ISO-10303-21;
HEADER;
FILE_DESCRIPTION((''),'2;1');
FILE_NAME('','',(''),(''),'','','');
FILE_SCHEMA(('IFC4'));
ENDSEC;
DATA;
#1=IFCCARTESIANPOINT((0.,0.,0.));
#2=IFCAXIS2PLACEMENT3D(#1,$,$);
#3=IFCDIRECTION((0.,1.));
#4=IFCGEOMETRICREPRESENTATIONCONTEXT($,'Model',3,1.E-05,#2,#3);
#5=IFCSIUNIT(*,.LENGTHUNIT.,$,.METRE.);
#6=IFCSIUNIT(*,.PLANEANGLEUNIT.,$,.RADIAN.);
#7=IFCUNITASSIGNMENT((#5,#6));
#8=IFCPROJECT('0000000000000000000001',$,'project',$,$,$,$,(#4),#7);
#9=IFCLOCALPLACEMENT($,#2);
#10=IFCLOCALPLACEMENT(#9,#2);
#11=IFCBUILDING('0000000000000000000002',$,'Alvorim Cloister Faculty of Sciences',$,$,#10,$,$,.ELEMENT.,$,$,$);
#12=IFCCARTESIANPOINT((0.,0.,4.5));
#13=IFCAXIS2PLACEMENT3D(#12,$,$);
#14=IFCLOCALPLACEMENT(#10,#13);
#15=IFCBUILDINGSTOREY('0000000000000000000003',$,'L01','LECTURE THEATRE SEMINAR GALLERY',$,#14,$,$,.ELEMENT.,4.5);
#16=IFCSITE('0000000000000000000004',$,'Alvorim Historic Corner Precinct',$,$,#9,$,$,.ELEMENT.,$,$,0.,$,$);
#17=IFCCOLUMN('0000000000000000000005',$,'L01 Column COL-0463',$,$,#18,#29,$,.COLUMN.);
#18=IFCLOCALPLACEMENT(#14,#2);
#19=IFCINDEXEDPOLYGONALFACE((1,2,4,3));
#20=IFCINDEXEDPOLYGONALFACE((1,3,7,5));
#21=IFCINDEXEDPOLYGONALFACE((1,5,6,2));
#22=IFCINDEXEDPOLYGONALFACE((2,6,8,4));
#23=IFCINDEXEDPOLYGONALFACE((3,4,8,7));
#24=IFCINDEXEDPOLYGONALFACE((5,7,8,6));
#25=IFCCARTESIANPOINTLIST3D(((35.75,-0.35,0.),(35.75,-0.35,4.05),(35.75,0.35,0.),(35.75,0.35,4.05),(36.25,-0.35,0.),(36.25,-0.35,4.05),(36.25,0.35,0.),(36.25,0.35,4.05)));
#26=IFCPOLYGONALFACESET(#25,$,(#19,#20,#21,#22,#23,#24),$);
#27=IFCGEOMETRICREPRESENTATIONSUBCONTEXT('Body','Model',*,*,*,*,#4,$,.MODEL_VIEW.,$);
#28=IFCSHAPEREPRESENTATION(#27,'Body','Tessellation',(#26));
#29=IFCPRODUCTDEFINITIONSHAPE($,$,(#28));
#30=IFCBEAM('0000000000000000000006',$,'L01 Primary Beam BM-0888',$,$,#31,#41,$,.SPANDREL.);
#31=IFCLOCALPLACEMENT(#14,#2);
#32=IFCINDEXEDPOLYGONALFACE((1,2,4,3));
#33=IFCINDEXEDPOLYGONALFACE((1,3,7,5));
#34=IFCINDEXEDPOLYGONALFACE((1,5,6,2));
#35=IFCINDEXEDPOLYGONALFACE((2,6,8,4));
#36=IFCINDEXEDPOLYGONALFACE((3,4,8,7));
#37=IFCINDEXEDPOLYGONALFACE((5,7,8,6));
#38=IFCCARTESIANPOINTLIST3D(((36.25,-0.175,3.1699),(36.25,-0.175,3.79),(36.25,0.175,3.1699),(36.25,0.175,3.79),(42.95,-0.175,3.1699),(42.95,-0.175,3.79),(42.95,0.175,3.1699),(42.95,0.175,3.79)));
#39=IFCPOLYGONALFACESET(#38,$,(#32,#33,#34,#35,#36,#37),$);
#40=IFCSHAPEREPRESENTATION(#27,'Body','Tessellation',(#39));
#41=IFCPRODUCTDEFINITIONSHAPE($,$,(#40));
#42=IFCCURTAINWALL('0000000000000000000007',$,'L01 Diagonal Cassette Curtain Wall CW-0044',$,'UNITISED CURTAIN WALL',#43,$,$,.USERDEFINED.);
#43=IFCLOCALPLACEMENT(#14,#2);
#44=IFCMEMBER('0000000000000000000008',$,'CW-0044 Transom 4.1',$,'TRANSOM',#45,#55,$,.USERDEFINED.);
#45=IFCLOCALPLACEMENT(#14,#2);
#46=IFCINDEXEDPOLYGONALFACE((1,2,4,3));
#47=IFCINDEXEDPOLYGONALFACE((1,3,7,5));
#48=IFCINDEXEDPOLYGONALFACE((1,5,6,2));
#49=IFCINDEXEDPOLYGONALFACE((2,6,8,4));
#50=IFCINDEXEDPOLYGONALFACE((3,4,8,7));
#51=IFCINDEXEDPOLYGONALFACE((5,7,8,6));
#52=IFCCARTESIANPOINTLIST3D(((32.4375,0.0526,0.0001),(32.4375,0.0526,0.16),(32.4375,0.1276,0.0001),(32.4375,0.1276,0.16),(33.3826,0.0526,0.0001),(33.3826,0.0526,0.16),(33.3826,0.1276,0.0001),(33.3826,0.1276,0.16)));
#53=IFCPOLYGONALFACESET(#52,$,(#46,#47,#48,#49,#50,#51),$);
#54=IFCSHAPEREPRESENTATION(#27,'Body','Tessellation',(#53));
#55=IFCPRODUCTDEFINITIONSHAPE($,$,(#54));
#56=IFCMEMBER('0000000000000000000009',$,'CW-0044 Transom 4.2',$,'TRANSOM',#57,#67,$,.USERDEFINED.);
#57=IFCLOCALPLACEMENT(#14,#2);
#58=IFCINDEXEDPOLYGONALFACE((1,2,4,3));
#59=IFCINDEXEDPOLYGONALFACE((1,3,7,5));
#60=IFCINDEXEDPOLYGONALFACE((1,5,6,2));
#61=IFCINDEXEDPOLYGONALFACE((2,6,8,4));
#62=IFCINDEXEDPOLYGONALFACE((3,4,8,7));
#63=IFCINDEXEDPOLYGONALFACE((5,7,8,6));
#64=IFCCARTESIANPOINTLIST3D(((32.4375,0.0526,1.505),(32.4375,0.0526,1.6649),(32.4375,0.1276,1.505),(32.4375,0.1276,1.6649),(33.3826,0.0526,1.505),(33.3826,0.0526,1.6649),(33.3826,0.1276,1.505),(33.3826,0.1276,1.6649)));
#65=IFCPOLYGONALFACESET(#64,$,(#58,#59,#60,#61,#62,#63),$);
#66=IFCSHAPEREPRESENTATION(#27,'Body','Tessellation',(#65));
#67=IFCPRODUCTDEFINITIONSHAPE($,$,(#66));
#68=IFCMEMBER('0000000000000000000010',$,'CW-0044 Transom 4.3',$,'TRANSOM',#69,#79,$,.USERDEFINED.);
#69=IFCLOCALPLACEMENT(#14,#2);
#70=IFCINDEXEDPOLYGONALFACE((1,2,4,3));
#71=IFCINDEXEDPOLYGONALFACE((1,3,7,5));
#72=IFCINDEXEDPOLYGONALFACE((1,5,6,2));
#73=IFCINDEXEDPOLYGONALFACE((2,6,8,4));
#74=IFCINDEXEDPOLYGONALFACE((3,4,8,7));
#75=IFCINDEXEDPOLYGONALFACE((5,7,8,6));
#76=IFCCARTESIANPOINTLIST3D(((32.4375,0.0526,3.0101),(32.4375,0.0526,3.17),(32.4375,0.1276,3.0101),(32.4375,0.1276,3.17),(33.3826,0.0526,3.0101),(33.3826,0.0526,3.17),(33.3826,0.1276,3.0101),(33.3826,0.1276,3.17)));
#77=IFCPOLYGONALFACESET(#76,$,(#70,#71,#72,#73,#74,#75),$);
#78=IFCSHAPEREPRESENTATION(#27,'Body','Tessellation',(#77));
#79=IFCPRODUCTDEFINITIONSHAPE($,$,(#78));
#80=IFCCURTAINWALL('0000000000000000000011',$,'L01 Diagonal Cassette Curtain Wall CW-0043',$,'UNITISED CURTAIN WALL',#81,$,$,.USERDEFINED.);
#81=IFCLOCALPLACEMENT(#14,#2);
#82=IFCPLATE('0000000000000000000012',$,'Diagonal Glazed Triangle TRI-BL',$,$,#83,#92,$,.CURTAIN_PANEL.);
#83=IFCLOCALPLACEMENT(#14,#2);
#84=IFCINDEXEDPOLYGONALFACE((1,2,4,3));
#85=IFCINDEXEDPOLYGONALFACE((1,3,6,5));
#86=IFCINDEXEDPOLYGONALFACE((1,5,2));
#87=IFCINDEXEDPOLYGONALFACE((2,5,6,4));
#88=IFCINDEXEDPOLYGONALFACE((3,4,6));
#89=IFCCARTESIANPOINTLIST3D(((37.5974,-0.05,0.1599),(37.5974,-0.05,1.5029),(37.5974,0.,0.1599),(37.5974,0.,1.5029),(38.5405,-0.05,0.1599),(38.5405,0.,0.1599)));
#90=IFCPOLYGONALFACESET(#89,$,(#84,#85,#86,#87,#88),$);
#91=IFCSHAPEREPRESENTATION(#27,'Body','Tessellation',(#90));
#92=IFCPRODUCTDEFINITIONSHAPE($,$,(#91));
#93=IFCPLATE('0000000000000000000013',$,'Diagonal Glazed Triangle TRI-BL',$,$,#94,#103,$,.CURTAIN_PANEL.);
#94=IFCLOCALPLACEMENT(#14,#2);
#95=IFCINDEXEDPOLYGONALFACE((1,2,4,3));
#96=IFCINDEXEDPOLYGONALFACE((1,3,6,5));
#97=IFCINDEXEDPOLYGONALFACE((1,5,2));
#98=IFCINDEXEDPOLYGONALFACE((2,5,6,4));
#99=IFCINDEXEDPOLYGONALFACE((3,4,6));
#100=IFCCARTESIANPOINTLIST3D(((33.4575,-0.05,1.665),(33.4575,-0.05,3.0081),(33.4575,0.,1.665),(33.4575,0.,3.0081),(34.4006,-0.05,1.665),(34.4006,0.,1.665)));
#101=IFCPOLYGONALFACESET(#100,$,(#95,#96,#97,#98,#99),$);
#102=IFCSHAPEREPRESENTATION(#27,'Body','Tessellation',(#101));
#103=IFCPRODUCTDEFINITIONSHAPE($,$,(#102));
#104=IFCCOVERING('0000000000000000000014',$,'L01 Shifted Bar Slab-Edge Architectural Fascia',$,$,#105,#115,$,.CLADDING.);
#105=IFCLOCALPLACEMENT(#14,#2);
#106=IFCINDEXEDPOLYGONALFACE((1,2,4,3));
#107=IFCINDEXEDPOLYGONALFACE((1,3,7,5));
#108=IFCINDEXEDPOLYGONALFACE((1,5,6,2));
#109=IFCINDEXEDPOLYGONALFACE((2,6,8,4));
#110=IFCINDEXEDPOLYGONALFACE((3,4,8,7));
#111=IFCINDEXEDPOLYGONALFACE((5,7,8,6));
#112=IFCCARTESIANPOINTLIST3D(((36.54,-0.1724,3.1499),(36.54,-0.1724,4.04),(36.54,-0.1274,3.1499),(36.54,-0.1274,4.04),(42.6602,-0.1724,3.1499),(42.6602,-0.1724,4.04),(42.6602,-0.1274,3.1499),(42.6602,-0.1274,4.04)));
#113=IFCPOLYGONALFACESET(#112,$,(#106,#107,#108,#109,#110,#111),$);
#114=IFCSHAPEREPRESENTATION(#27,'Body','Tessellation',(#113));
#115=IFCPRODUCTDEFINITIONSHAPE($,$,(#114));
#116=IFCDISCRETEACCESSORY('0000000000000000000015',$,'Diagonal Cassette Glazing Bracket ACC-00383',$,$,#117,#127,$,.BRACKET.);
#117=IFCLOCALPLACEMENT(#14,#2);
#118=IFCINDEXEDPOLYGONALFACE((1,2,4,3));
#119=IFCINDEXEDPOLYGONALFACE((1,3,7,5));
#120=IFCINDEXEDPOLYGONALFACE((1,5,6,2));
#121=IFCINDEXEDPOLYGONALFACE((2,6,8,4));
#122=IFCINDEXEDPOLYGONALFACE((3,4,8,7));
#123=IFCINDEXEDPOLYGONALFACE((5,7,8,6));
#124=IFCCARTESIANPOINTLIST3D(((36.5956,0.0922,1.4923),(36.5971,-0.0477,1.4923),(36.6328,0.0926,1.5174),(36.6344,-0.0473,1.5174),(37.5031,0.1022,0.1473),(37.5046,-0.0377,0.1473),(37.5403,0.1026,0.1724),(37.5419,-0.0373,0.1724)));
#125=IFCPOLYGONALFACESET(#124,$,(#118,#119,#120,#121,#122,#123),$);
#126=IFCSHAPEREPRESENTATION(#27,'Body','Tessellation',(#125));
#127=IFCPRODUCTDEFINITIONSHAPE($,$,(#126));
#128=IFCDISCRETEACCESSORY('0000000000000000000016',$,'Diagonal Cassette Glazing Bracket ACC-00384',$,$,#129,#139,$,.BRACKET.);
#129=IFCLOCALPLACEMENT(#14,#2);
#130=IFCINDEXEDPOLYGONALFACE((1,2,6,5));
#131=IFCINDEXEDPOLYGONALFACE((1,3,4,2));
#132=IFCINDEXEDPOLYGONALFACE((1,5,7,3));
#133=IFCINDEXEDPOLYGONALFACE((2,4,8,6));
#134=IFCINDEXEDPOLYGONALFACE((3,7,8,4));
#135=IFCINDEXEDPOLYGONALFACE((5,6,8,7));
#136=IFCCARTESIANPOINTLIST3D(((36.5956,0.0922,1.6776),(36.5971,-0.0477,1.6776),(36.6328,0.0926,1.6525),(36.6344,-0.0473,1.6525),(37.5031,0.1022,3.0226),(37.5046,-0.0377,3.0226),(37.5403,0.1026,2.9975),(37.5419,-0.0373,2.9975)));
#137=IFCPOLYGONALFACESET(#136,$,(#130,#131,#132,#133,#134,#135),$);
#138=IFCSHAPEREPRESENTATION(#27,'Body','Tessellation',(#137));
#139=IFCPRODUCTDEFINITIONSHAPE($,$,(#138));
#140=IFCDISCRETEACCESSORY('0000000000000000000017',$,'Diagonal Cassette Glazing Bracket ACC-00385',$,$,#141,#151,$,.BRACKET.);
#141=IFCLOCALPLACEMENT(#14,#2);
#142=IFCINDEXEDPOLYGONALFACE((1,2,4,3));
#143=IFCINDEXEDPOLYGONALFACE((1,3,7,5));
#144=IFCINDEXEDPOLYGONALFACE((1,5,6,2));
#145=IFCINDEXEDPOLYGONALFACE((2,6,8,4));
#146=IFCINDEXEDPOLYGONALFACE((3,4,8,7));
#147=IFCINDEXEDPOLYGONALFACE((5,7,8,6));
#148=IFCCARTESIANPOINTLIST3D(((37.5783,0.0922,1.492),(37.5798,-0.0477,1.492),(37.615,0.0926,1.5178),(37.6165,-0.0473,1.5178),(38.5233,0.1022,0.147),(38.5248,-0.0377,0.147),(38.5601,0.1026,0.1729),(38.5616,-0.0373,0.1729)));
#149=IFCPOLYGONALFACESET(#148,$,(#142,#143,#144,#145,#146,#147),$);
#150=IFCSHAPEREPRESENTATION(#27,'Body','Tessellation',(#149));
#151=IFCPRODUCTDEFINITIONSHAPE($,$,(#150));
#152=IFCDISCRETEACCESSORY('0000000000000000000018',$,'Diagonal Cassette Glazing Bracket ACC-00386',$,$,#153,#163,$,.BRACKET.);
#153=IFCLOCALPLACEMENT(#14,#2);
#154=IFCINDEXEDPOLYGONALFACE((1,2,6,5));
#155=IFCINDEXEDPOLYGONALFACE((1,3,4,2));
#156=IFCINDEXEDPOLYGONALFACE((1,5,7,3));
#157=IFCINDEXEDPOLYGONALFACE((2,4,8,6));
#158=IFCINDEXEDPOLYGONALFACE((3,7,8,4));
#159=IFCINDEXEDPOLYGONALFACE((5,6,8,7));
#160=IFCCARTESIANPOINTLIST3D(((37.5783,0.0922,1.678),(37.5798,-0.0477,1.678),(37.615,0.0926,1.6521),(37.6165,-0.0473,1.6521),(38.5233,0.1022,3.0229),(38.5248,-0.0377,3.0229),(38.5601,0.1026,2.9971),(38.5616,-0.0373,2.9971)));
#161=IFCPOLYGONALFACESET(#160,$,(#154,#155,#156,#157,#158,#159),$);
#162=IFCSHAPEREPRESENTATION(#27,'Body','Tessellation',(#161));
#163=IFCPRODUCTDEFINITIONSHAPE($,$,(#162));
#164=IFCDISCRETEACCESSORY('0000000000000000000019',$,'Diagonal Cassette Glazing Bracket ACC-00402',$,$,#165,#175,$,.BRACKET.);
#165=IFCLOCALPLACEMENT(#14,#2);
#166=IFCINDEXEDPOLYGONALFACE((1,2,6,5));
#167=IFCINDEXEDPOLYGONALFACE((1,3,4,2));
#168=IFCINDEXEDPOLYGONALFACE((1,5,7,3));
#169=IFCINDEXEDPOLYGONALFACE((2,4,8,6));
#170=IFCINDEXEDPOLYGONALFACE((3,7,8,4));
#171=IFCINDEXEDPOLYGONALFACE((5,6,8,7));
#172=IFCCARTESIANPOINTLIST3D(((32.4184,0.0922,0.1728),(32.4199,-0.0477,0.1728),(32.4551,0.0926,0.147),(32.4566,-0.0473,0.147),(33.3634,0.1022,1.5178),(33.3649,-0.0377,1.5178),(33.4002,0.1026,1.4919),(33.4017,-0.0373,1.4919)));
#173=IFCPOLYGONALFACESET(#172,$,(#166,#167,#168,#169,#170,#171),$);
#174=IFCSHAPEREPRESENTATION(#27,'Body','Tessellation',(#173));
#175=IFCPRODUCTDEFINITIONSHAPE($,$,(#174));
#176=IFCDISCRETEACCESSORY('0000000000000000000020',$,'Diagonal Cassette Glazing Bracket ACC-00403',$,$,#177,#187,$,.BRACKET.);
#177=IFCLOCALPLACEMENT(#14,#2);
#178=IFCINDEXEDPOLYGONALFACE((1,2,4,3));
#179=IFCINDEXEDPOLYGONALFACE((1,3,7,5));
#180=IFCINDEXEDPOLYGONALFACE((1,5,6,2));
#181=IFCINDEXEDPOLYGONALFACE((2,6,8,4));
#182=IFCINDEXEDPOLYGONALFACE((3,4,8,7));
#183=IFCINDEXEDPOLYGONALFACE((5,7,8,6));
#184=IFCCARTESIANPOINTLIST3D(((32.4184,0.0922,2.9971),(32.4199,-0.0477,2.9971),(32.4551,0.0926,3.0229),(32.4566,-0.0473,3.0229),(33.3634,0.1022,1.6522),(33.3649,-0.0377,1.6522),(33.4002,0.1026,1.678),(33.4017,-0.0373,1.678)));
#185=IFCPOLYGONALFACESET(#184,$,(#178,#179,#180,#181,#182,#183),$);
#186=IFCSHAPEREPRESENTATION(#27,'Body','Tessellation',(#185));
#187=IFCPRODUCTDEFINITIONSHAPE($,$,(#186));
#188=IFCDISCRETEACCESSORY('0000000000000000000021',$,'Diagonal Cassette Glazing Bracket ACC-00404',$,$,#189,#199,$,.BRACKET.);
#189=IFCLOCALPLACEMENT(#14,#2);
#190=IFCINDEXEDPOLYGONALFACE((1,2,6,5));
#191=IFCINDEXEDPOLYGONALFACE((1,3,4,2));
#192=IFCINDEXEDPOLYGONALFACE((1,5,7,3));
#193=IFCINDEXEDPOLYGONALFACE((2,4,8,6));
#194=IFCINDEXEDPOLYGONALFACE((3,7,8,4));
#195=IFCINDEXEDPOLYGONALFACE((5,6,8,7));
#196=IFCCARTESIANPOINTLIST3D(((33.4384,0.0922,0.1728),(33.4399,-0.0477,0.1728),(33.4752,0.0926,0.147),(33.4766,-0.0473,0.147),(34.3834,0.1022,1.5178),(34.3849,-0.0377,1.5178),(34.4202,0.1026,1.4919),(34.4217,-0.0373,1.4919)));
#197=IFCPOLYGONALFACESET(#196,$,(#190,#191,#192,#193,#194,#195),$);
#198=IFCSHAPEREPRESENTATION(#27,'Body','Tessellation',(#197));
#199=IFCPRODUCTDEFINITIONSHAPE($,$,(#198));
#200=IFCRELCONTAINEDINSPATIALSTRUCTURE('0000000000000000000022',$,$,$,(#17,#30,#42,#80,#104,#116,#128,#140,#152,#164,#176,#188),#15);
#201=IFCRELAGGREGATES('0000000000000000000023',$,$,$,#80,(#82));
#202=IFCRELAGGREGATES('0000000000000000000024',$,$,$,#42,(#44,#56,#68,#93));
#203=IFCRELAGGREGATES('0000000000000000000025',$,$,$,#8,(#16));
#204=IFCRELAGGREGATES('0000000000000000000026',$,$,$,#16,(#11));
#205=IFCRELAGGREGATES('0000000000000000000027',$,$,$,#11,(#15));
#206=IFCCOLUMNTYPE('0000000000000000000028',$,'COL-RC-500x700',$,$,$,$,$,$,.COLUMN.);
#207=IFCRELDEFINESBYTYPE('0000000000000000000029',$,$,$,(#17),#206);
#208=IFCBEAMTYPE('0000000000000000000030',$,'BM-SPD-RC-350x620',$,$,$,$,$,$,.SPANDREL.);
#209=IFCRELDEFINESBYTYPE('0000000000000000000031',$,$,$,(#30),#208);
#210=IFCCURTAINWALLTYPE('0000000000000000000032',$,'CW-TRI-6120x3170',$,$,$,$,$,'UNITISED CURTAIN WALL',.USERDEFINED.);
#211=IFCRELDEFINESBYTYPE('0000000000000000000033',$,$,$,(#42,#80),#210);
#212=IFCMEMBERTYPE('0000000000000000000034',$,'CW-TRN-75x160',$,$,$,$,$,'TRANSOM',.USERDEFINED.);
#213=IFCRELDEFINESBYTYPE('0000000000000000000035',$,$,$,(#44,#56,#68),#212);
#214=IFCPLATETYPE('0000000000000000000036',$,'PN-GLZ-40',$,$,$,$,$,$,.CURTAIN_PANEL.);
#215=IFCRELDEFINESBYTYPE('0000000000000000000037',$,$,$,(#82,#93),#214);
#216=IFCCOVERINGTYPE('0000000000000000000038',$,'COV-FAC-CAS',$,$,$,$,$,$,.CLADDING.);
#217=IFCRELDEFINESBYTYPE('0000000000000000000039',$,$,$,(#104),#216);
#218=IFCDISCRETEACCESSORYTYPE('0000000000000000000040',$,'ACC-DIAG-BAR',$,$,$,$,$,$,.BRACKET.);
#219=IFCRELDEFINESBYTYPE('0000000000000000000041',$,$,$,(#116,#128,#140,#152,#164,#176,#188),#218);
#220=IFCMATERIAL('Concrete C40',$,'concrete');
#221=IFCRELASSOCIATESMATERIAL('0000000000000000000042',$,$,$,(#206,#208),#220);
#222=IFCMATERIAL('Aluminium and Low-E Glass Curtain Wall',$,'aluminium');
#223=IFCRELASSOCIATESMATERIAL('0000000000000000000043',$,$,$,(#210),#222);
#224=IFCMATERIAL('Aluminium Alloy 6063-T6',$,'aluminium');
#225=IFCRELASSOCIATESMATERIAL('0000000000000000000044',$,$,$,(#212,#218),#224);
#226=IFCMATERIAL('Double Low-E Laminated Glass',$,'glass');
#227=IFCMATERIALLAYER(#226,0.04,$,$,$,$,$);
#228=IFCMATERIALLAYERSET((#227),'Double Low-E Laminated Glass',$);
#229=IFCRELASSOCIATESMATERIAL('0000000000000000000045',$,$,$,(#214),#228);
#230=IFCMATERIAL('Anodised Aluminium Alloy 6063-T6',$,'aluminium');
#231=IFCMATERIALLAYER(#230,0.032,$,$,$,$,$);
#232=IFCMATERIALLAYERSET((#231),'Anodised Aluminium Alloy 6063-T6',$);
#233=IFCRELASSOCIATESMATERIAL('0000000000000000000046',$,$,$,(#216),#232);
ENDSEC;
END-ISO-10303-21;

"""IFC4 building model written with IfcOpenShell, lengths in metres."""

from ifc_helpers import new_model, si_unit, direction, frame, origin, origin_2d, place, context, subcontext, project, spatial, polyline, rectangle, outline, extrude, material, layer, layer_set, material_profile, profile_set, type_object, element, aggregate, save


model = new_model("IFC4")

# Units and contexts
model_context = context("Model", 3, precision=1e-05, world=origin(), true_north=direction((0.0, 1.0)))
body_context = subcontext(model_context, "Body", "Model", "MODEL_VIEW")
ifc_project = project(units=[si_unit("LENGTHUNIT", "METRE"), si_unit("PLANEANGLEUNIT", "RADIAN")], contexts=[model_context])

# Site, building, storey
site_placement = place(None, origin())
site = spatial("IfcSite", under=ifc_project, at=site_placement, Name="Alvorim Historic Corner Precinct", CompositionType="ELEMENT", RefElevation=0.0)
building_placement = place(site_placement, origin())
building = spatial("IfcBuilding", under=site, at=building_placement, Name="Alvorim Cloister Faculty of Sciences", CompositionType="ELEMENT")
storey_placement = place(building_placement, frame((0.0, 0.0, 4.5)))
storey = spatial("IfcBuildingStorey", under=building, at=storey_placement, Name="L01", Description="LECTURE THEATRE SEMINAR GALLERY", CompositionType="ELEMENT", Elevation=4.5)

# Column
ifc_material_1 = material(Name="Concrete C40", Category="concrete")
ifc_material_profile_1 = material_profile(ifc_material_1, rectangle(XDim=0.5, YDim=0.7, at=origin_2d()), Name="RC40-COL-500x700")
ifc_profile_set_1 = profile_set([ifc_material_profile_1], Name="Concrete C40")
column_type = type_object("IfcColumnType", Name="COL-RC-500x700", PredefinedType="COLUMN", material=ifc_profile_set_1)
column_placement = place(storey_placement, frame((36.0, 0.0, 0.0), z_axis=(0.0, 0.0, 1.0), x_axis=(1.0, 0.0, 0.0)))
element("IfcColumn", 1, at=column_placement, inside=storey, type_object=column_type, Name="L01 Column COL-0463", PredefinedType="COLUMN", context=body_context, shape_type="SweptSolid", body=[
    extrude(rectangle(XDim=0.5, YDim=0.7, at=origin_2d()), origin(), (0.0, 0.0, 1.0), 4.05),
])

# Beam
ifc_material_profile_2 = material_profile(ifc_material_1, rectangle(XDim=0.3501, YDim=0.6201, at=origin_2d()), Name="RC40-SPD-350x620")
ifc_profile_set_2 = profile_set([ifc_material_profile_2], Name="Concrete C40")
beam_type = type_object("IfcBeamType", Name="BM-SPD-RC-350x620", PredefinedType="SPANDREL", material=ifc_profile_set_2)
beam_placement = place(storey_placement, frame((36.25, 0.0, 3.48), z_axis=(1.0, 0.0, 0.0), x_axis=(0.0, 1.0, 0.0)))
element("IfcBeam", 2, at=beam_placement, inside=storey, type_object=beam_type, Name="L01 Primary Beam BM-0888", PredefinedType="SPANDREL", context=body_context, shape_type="SweptSolid", body=[
    extrude(rectangle(XDim=0.3501, YDim=0.6201, at=origin_2d()), origin(), (0.0, 0.0, 1.0), 6.7),
])

# Curtain wall, members
ifc_material_2 = material(Name="Aluminium and Low-E Glass Curtain Wall", Category="aluminium")
curtain_wall_type = type_object("IfcCurtainWallType", Name="CW-TRI-6120x3170", ElementType="UNITISED CURTAIN WALL", PredefinedType="USERDEFINED", material=ifc_material_2)
curtain_wall_1_placement = place(storey_placement, origin())
curtain_wall_1 = element("IfcCurtainWall", 3, at=curtain_wall_1_placement, inside=storey, type_object=curtain_wall_type, Name="L01 Diagonal Cassette Curtain Wall CW-0044", ObjectType="UNITISED CURTAIN WALL", PredefinedType="USERDEFINED")
ifc_material_3 = material(Name="Aluminium Alloy 6063-T6", Category="aluminium")
ifc_material_profile_3 = material_profile(ifc_material_3, rectangle(XDim=0.075, YDim=0.1599, at=origin_2d()), Name="ALU-TRN-75x160")
ifc_profile_set_3 = profile_set([ifc_material_profile_3], Name="Aluminium Alloy 6063-T6")
member_type = type_object("IfcMemberType", Name="CW-TRN-75x160", ElementType="TRANSOM", PredefinedType="USERDEFINED", material=ifc_profile_set_3)
member_1_placement = place(storey_placement, frame((32.4375, 0.0901, 0.0801), z_axis=(1.0, 0.0, 0.0), x_axis=(0.0, 1.0, 0.0)))
member_1 = element("IfcMember", 4, at=member_1_placement, type_object=member_type, Name="CW-0044 Transom 4.1", ObjectType="TRANSOM", PredefinedType="USERDEFINED", context=body_context, shape_type="SweptSolid", body=[
    extrude(rectangle(XDim=0.075, YDim=0.1599, at=origin_2d()), origin(), (0.0, 0.0, 1.0), 0.9451),
])
member_2_placement = place(storey_placement, frame((32.4375, 0.0901, 1.585), z_axis=(1.0, 0.0, 0.0), x_axis=(0.0, 1.0, 0.0)))
member_2 = element("IfcMember", 5, at=member_2_placement, type_object=member_type, Name="CW-0044 Transom 4.2", ObjectType="TRANSOM", PredefinedType="USERDEFINED", context=body_context, shape_type="SweptSolid", body=[
    extrude(rectangle(XDim=0.075, YDim=0.1599, at=origin_2d()), origin(), (0.0, 0.0, 1.0), 0.9451),
])
member_3_placement = place(storey_placement, frame((32.4375, 0.0901, 3.0901), z_axis=(1.0, 0.0, 0.0), x_axis=(0.0, 1.0, 0.0)))
member_3 = element("IfcMember", 6, at=member_3_placement, type_object=member_type, Name="CW-0044 Transom 4.3", ObjectType="TRANSOM", PredefinedType="USERDEFINED", context=body_context, shape_type="SweptSolid", body=[
    extrude(rectangle(XDim=0.075, YDim=0.1599, at=origin_2d()), origin(), (0.0, 0.0, 1.0), 0.9451),
])

# Curtain wall, plate
curtain_wall_2_placement = place(storey_placement, origin())
curtain_wall_2 = element("IfcCurtainWall", 7, at=curtain_wall_2_placement, inside=storey, type_object=curtain_wall_type, Name="L01 Diagonal Cassette Curtain Wall CW-0043", ObjectType="UNITISED CURTAIN WALL", PredefinedType="USERDEFINED")
ifc_material_4 = material(Name="Double Low-E Laminated Glass", Category="glass")
ifc_layer_1 = layer(ifc_material_4, 0.04)
ifc_layer_set_1 = layer_set([ifc_layer_1], Name="Double Low-E Laminated Glass")
plate_type = type_object("IfcPlateType", Name="PN-GLZ-40", PredefinedType="CURTAIN_PANEL", material=ifc_layer_set_1)
plate_1_placement = place(storey_placement, frame((37.5974, -0.0249, 0.1599), z_axis=(0.0, 0.0, 1.0), x_axis=(1.0, 0.0, 0.0)))
plate_1 = element("IfcPlate", 8, at=plate_1_placement, type_object=plate_type, Name="Diagonal Glazed Triangle TRI-BL", PredefinedType="CURTAIN_PANEL", context=body_context, shape_type="SweptSolid", body=[
    extrude(outline(polyline([(0.0, 0.0), (0.9431, 0.0), (0.0, 1.343), (0.0, 0.0)])), frame((0.0, 0.0249, 0.0), z_axis=(0.0, -1.0, 0.0), x_axis=(1.0, 0.0, 0.0)), (0.0, 0.0, 1.0), 0.05),
])
aggregate(curtain_wall_2, [plate_1])

# Plate
plate_2_placement = place(storey_placement, frame((33.4575, -0.0249, 1.665), z_axis=(0.0, 0.0, 1.0), x_axis=(1.0, 0.0, 0.0)))
plate_2 = element("IfcPlate", 9, at=plate_2_placement, type_object=plate_type, Name="Diagonal Glazed Triangle TRI-BL", PredefinedType="CURTAIN_PANEL", context=body_context, shape_type="SweptSolid", body=[
    extrude(outline(polyline([(0.0, 0.0), (0.9431, 0.0), (0.0, 1.343), (0.0, 0.0)])), frame((0.0, 0.0249, 0.0), z_axis=(0.0, -1.0, 0.0), x_axis=(1.0, 0.0, 0.0)), (0.0, 0.0, 1.0), 0.05),
])
aggregate(curtain_wall_1, [member_1, member_2, member_3, plate_2])

# Covering
ifc_material_5 = material(Name="Anodised Aluminium Alloy 6063-T6", Category="aluminium")
ifc_layer_2 = layer(ifc_material_5, 0.032)
ifc_layer_set_2 = layer_set([ifc_layer_2], Name="Anodised Aluminium Alloy 6063-T6")
covering_type = type_object("IfcCoveringType", Name="COV-FAC-CAS", PredefinedType="CLADDING", material=ifc_layer_set_2)
covering_placement = place(storey_placement, frame((36.54, -0.1499, 3.1499), z_axis=(0.0, 0.0, 1.0), x_axis=(1.0, 0.0, 0.0)))
element("IfcCovering", 10, at=covering_placement, inside=storey, type_object=covering_type, Name="L01 Shifted Bar Slab-Edge Architectural Fascia", PredefinedType="CLADDING", context=body_context, shape_type="SweptSolid", body=[
    extrude(outline(polyline([(0.0, 0.0), (6.1201, 0.0), (6.1201, 0.8901), (0.0, 0.8901), (0.0, 0.0)])), frame((0.0, 0.0225, 0.0), z_axis=(0.0, -1.0, 0.0), x_axis=(1.0, 0.0, 0.0)), (0.0, 0.0, 1.0), 0.0449),
])

# Discrete accessories
discrete_accessory_type = type_object("IfcDiscreteAccessoryType", Name="ACC-DIAG-BAR", PredefinedType="BRACKET", material=ifc_material_3)
for number, where, z_axis, x_axis, name in (
    (11, (36.615, 0.0225, 1.5049), (0.559299, 0.006169, -0.828943), (-0.01103, 0.999939, 0.0), "Diagonal Cassette Glazing Bracket ACC-00383"),
    (12, (36.615, 0.0225, 1.665), (0.559299, 0.006169, 0.828943), (-0.01103, 0.999939, 0.0), "Diagonal Cassette Glazing Bracket ACC-00384"),
):
    element("IfcDiscreteAccessory", number, at=place(storey_placement, frame(where, z_axis=z_axis, x_axis=x_axis)), inside=storey, type_object=discrete_accessory_type, Name=name, PredefinedType="BRACKET", context=body_context, shape_type="SweptSolid", body=[
        extrude(rectangle(XDim=0.1399, YDim=0.0449, at=origin_2d()), origin(), (0.0, 0.0, 1.0), 1.6226),
    ])
for number, where, z_axis, x_axis, name in (
    (13, (37.5974, 0.0225, 1.5049), (0.574916, 0.006089, -0.81819), (-0.010591, 0.999944, 0.0), "Diagonal Cassette Glazing Bracket ACC-00385"),
    (14, (37.5974, 0.0225, 1.665), (0.574916, 0.006089, 0.81819), (-0.010591, 0.999944, 0.0), "Diagonal Cassette Glazing Bracket ACC-00386"),
    (15, (32.4375, 0.0225, 0.1599), (0.574916, 0.006089, 0.81819), (-0.010591, 0.999944, 0.0), "Diagonal Cassette Glazing Bracket ACC-00402"),
    (16, (32.4375, 0.0225, 3.01), (0.574916, 0.006089, -0.81819), (-0.010591, 0.999944, 0.0), "Diagonal Cassette Glazing Bracket ACC-00403"),
    (17, (33.4575, 0.0225, 0.1599), (0.574916, 0.006089, 0.81819), (-0.010591, 0.999944, 0.0), "Diagonal Cassette Glazing Bracket ACC-00404"),
):
    element("IfcDiscreteAccessory", number, at=place(storey_placement, frame(where, z_axis=z_axis, x_axis=x_axis)), inside=storey, type_object=discrete_accessory_type, Name=name, PredefinedType="BRACKET", context=body_context, shape_type="SweptSolid", body=[
        extrude(rectangle(XDim=0.1399, YDim=0.0449, at=origin_2d()), origin(), (0.0, 0.0, 1.0), 1.6438),
    ])

save(model, "model.ifc")
